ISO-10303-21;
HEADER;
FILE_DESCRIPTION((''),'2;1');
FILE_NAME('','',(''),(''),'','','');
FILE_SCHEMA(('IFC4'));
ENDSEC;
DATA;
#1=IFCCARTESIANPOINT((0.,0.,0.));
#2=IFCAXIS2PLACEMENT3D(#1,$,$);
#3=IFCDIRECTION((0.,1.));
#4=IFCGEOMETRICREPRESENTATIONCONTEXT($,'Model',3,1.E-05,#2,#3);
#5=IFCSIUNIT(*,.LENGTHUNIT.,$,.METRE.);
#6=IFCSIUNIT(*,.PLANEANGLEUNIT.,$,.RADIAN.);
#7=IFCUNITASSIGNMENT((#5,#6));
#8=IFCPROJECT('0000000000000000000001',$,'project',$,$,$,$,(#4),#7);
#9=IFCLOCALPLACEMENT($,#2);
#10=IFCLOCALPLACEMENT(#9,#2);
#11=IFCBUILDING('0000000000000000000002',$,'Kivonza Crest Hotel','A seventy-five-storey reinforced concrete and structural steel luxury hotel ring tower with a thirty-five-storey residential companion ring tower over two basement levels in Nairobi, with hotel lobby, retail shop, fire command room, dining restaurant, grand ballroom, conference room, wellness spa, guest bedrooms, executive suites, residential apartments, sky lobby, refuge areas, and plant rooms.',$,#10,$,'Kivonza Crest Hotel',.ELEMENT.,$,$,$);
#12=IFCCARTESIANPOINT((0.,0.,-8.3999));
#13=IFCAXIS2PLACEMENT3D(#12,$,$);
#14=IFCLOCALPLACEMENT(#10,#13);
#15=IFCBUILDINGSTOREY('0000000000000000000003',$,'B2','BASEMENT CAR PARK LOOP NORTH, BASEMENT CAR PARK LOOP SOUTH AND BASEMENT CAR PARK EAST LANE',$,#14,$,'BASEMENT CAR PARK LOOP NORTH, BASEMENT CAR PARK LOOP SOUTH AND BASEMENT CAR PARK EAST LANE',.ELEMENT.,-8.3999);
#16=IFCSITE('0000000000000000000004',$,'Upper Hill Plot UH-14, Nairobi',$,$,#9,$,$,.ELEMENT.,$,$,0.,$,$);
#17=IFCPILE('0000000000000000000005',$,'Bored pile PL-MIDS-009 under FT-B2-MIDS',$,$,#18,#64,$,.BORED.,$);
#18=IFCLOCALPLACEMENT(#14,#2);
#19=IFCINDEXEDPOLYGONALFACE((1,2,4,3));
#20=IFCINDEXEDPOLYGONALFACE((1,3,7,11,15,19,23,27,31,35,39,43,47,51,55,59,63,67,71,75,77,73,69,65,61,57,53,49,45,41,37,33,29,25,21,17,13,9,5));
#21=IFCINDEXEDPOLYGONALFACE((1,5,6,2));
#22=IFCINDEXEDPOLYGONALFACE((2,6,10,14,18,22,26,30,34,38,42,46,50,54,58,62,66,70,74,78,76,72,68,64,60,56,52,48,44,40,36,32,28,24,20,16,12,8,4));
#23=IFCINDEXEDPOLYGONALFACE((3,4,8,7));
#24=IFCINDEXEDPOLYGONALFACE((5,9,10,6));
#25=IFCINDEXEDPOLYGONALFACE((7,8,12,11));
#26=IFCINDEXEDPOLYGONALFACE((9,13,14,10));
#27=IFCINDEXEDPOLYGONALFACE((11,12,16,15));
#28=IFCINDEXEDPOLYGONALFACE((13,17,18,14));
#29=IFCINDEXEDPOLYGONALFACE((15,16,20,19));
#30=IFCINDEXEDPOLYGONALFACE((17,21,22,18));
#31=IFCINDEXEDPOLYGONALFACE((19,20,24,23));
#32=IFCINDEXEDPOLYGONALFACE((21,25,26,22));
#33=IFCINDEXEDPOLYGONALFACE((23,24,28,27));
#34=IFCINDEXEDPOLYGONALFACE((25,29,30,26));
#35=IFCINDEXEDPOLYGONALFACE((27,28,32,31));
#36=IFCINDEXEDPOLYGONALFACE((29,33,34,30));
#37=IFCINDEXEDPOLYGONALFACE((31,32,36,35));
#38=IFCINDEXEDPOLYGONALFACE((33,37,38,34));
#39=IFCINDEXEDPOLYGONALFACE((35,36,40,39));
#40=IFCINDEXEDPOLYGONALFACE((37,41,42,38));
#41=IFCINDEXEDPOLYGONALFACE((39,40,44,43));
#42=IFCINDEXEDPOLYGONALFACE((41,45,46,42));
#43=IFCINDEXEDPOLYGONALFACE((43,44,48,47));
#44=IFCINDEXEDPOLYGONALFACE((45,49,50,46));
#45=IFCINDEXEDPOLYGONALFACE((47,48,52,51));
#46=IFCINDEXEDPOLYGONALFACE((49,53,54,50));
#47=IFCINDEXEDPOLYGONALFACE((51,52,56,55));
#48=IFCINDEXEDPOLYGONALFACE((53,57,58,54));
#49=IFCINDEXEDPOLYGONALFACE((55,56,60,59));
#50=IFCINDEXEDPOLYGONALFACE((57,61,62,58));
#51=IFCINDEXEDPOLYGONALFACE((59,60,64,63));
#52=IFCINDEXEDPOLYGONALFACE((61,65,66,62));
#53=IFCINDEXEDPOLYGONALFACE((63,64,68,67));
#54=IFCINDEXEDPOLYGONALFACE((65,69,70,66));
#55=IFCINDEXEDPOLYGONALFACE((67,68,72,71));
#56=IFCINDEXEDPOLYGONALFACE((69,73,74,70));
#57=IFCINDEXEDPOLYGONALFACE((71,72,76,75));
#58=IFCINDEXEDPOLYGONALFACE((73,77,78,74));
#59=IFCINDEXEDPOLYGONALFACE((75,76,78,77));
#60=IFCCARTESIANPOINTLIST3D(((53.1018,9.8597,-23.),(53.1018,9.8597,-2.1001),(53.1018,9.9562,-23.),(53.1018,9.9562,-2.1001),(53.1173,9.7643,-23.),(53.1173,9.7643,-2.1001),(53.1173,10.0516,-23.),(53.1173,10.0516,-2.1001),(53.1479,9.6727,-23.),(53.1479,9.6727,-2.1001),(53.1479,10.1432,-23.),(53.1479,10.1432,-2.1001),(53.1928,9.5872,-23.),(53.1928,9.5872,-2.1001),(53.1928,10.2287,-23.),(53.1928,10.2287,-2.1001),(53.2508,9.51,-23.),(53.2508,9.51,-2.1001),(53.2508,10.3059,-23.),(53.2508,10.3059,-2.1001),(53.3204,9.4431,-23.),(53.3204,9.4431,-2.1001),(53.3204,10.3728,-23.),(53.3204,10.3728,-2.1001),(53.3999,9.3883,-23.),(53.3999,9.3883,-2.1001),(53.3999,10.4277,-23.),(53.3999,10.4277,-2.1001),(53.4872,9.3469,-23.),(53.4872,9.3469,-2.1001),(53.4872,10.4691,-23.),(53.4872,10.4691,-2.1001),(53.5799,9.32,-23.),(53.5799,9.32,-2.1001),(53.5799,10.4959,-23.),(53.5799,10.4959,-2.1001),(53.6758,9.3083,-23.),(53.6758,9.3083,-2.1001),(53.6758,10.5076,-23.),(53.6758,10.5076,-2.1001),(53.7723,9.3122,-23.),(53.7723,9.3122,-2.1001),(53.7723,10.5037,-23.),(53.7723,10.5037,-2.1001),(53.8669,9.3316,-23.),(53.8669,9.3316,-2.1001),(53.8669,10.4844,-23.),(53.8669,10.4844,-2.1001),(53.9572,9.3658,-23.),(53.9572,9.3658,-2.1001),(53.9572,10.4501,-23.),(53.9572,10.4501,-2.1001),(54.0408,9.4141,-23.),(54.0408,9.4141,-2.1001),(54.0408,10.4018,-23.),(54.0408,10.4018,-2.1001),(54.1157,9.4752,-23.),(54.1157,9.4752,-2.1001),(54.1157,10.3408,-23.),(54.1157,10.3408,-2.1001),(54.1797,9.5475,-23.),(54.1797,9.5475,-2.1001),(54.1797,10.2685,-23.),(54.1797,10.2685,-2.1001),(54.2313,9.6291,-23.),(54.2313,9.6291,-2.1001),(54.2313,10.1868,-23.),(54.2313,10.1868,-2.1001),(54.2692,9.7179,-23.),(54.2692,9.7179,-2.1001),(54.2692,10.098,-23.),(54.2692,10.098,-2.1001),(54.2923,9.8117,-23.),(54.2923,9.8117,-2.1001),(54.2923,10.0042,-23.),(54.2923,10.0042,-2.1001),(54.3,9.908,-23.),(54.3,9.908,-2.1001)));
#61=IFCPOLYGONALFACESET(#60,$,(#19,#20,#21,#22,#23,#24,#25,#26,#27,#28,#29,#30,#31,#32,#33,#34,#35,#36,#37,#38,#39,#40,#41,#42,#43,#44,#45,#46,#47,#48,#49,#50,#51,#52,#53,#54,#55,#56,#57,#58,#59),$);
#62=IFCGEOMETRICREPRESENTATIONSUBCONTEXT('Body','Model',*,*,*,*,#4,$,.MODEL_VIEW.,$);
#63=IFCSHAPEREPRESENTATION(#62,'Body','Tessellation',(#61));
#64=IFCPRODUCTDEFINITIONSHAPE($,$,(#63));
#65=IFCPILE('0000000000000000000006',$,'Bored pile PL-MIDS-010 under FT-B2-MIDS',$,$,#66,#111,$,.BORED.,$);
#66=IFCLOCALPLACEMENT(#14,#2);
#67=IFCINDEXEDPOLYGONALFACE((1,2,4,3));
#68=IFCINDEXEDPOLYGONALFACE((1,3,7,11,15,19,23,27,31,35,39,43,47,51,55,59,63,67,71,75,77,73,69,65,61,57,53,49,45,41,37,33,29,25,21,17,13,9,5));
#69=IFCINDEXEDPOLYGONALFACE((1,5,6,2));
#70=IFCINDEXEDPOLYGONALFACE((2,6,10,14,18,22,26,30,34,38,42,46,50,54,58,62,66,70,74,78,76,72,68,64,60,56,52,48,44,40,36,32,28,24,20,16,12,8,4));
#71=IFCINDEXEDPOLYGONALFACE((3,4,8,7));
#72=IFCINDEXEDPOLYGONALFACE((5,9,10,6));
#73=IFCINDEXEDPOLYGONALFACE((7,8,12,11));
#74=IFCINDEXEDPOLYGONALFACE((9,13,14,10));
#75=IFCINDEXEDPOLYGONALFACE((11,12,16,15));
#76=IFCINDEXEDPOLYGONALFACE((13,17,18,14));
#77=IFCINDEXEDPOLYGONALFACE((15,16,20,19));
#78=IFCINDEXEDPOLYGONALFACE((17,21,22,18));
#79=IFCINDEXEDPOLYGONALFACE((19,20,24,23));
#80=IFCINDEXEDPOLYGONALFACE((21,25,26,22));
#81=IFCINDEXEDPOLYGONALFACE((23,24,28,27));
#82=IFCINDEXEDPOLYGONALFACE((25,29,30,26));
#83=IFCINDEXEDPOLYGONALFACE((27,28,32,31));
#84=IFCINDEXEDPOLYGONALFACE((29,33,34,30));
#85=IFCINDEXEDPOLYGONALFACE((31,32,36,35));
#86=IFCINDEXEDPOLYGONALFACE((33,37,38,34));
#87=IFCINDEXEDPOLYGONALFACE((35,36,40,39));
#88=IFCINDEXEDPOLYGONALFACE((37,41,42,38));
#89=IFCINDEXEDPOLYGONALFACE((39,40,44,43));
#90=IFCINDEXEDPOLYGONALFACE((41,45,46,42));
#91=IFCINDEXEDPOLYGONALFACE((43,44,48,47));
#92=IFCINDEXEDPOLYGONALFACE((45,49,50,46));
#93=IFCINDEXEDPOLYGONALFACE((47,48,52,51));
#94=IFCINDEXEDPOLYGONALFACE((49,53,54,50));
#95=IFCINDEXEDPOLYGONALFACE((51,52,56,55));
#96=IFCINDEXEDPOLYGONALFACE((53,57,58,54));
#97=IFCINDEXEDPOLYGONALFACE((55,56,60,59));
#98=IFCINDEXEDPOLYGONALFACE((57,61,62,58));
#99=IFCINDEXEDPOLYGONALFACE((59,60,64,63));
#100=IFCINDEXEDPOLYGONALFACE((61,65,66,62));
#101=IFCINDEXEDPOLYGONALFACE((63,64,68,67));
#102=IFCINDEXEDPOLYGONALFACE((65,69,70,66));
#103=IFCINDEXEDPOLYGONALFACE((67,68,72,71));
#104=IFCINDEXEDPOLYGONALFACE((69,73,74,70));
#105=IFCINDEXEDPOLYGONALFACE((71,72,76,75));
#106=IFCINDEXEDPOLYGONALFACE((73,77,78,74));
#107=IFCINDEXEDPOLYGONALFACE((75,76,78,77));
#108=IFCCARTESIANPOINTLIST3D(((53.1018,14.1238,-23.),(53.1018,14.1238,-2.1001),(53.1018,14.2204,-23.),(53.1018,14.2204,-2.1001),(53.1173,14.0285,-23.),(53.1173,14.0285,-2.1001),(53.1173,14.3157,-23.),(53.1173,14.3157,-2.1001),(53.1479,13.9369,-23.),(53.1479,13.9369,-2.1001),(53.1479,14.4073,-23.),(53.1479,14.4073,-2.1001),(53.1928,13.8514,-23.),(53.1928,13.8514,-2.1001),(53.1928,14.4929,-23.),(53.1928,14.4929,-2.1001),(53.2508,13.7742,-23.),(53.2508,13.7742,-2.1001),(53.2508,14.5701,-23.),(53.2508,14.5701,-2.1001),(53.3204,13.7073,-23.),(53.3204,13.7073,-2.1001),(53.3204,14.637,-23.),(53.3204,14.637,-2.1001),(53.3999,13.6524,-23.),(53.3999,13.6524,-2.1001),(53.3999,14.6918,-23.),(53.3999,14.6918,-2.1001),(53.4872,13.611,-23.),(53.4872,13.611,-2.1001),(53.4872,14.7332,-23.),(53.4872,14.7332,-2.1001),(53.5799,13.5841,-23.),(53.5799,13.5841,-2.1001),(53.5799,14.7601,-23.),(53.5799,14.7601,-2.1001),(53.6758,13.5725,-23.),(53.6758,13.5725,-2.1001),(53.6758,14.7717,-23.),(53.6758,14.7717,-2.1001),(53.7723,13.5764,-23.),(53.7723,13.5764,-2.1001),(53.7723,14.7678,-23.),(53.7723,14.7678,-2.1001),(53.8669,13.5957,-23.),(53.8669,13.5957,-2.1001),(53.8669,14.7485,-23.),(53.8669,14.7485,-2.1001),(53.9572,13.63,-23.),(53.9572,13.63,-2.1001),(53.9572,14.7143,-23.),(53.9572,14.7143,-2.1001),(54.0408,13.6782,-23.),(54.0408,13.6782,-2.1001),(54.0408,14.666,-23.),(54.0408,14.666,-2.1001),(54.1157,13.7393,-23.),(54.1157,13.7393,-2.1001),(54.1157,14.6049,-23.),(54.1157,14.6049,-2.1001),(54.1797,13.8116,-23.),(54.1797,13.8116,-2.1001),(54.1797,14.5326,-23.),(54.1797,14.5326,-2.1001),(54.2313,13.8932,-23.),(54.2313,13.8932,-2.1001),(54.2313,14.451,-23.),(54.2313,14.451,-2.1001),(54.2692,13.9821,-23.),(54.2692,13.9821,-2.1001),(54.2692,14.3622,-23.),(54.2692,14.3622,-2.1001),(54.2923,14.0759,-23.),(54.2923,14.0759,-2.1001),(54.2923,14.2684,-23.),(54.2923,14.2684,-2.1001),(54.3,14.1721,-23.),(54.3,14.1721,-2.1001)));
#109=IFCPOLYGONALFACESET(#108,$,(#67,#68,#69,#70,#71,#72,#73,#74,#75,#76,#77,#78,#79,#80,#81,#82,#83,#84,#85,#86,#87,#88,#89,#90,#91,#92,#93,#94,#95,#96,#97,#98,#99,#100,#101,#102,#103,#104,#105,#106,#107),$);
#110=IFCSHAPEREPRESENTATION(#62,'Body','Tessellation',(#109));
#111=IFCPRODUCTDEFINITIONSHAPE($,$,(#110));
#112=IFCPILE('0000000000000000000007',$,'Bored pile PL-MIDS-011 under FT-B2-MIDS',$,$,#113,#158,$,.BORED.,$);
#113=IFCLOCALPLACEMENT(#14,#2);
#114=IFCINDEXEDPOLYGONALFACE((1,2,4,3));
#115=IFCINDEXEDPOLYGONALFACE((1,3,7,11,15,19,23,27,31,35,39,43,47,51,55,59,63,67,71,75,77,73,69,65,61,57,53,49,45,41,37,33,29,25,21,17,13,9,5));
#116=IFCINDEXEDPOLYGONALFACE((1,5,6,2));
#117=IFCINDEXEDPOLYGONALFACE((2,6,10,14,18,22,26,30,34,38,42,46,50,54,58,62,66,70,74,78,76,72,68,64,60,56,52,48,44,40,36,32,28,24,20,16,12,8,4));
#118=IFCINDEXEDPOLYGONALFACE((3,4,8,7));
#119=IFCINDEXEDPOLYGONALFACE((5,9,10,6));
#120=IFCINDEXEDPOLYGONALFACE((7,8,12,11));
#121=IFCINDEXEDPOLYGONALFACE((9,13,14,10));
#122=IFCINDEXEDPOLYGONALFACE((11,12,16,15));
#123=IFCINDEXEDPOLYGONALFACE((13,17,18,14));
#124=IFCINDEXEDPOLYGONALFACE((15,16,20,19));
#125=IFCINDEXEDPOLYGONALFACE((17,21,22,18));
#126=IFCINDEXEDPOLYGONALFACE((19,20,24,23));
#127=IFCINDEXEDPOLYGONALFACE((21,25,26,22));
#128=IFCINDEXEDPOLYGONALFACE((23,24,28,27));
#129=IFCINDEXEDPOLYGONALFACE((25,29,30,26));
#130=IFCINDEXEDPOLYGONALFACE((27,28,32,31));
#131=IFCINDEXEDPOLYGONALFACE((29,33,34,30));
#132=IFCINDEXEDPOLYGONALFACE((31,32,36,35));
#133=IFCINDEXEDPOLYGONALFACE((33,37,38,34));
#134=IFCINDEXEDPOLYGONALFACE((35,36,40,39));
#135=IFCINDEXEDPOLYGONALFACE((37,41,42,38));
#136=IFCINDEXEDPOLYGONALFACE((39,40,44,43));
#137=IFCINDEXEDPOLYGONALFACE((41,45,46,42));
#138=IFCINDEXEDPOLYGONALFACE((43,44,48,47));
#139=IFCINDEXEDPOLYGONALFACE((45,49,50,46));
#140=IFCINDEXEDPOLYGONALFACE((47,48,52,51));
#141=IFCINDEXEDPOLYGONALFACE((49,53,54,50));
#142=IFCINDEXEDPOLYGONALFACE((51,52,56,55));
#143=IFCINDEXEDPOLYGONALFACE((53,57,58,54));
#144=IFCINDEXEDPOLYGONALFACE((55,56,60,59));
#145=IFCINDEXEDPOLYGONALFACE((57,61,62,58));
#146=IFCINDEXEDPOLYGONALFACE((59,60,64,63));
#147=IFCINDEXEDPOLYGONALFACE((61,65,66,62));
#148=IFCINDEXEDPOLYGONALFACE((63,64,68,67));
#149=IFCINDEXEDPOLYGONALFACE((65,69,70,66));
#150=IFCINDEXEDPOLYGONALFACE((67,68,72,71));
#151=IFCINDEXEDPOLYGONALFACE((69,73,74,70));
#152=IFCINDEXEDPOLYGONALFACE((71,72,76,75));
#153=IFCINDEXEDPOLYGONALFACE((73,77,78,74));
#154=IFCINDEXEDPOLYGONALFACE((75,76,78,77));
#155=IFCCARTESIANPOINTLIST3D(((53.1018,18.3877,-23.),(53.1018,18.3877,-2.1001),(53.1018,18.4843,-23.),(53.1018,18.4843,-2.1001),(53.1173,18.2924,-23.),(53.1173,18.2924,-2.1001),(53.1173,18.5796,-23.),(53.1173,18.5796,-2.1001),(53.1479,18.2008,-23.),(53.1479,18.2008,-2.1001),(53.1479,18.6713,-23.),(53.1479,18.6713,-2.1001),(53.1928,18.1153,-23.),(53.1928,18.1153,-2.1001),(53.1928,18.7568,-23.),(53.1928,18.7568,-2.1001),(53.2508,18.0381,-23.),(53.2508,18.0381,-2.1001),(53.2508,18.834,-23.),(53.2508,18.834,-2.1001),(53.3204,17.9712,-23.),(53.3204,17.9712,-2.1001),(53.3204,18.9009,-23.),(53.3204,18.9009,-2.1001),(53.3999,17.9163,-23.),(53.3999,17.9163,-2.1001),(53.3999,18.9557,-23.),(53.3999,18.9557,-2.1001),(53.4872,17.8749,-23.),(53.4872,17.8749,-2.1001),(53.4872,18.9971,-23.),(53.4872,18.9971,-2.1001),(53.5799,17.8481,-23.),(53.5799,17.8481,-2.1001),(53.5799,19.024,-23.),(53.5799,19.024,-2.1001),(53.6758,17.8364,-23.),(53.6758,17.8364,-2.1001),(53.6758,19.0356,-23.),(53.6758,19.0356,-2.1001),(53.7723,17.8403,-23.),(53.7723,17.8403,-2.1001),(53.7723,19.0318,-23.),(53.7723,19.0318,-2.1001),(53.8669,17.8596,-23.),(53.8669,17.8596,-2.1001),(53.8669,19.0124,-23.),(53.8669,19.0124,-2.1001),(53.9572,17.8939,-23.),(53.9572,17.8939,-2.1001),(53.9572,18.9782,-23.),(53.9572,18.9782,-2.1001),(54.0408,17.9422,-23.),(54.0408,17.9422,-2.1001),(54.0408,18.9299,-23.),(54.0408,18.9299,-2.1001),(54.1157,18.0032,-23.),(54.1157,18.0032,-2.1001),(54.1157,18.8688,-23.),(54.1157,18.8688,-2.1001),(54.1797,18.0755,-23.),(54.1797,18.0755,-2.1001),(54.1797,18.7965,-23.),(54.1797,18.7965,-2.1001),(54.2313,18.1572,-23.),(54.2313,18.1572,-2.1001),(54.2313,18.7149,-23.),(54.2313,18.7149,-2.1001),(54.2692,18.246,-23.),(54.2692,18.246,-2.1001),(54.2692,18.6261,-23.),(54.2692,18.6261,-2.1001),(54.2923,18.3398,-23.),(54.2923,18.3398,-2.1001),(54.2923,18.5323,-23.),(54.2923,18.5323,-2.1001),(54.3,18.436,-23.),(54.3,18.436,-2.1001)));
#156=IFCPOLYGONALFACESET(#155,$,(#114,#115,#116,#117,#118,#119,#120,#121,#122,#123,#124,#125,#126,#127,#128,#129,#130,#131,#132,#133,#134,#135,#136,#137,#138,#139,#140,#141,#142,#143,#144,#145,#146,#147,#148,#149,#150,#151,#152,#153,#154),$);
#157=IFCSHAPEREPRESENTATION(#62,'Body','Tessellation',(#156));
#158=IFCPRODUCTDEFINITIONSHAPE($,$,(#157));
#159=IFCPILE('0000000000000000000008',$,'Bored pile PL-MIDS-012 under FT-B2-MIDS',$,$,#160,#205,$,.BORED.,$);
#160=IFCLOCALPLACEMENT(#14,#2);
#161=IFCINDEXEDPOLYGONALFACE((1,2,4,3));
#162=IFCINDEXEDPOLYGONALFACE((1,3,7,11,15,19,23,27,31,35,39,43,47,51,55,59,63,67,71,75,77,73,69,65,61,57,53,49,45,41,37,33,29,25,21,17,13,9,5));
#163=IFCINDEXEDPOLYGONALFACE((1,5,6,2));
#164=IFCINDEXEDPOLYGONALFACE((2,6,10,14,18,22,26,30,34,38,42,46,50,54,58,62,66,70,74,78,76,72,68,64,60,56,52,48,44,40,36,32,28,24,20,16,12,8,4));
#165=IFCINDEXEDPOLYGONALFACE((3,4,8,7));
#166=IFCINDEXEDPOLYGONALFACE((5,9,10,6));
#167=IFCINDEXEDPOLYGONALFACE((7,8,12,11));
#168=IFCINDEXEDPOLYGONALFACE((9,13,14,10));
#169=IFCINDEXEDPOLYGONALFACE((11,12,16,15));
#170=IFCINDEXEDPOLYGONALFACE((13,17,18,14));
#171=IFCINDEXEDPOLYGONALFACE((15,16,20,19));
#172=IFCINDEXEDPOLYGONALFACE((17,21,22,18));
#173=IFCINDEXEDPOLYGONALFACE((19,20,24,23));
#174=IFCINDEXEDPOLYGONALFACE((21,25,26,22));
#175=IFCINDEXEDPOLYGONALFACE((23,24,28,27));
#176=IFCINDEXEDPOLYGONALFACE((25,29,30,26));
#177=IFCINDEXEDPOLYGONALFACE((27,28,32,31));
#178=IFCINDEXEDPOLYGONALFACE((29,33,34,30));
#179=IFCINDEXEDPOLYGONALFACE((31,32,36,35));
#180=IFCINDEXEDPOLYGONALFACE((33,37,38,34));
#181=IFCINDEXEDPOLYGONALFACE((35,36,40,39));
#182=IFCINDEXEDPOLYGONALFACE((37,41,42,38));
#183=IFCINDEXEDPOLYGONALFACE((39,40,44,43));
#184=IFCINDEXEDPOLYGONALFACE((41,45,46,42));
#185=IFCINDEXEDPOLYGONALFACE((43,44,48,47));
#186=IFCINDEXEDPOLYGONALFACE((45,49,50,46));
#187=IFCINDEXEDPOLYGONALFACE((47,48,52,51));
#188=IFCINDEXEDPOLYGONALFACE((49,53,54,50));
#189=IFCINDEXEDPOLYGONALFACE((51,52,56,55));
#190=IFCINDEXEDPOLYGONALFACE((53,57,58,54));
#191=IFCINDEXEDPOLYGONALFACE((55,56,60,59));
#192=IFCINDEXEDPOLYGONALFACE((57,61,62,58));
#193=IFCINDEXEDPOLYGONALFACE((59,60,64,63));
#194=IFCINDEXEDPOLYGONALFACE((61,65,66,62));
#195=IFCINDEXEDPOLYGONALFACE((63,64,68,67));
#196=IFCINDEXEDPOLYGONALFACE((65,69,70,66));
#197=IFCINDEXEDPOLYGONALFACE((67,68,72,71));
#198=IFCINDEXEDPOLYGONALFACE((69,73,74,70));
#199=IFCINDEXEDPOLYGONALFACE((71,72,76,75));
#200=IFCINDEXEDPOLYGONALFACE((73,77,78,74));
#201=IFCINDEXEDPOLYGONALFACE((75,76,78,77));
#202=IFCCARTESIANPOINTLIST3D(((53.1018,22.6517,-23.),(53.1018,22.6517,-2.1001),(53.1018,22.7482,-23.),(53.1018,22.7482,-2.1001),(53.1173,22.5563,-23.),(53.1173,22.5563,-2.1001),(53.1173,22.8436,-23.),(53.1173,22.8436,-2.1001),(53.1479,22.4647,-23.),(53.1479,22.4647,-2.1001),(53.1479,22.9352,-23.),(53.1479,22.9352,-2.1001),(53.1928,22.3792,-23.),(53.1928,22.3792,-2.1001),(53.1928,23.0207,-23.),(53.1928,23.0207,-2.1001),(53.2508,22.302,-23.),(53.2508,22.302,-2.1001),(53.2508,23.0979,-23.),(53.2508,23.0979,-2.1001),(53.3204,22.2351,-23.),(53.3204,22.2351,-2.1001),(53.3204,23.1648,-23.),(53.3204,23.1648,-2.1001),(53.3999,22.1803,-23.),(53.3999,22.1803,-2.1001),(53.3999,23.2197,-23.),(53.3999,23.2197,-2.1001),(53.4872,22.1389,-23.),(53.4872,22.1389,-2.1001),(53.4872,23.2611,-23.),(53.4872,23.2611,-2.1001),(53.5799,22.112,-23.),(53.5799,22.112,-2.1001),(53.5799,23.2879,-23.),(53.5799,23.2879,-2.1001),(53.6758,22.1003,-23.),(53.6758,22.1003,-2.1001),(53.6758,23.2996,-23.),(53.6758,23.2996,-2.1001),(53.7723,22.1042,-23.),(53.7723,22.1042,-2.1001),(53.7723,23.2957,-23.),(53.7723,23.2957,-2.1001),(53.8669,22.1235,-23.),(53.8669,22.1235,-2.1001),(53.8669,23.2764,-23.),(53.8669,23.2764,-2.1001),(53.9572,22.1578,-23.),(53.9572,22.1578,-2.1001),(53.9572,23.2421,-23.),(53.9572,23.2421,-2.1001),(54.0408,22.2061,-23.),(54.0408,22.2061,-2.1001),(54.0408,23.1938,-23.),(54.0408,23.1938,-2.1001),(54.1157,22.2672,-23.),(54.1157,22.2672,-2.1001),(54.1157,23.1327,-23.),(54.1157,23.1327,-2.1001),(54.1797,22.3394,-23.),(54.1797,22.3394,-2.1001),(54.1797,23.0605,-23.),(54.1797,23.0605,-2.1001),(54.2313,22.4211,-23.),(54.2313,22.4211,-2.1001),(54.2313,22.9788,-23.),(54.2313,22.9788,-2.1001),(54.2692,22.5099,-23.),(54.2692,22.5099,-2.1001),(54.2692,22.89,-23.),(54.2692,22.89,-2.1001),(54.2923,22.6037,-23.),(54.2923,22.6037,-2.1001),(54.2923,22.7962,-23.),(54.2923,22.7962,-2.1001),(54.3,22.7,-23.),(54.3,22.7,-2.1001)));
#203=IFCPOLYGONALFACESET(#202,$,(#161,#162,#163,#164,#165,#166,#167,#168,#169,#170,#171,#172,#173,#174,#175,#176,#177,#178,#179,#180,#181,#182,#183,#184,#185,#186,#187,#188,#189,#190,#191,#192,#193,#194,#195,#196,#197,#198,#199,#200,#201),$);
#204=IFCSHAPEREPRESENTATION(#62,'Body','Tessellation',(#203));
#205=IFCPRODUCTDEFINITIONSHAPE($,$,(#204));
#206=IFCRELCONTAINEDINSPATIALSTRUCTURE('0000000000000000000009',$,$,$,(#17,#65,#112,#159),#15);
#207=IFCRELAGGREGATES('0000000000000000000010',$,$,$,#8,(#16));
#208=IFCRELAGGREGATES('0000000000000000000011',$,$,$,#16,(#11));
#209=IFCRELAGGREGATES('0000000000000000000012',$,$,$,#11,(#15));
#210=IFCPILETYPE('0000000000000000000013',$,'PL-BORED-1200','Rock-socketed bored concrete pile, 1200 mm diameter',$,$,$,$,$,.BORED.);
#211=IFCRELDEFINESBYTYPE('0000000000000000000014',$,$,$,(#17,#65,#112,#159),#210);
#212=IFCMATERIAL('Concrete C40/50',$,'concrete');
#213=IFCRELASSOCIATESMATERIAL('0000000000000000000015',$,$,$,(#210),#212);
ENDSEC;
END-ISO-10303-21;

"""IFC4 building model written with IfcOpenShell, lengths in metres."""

from ifc_helpers import new_model, si_unit, direction, frame, origin, origin_2d, place, context, subcontext, project, spatial, circle, extrude, material, material_profile, profile_set, type_object, element, save


model = new_model("IFC4")

# Units and contexts
model_context = context("Model", 3, precision=1e-05, world=origin(), true_north=direction((0.0, 1.0)))
body_context = subcontext(model_context, "Body", "Model", "MODEL_VIEW")
ifc_project = project(units=[si_unit("LENGTHUNIT", "METRE"), si_unit("PLANEANGLEUNIT", "RADIAN")], contexts=[model_context])

# Site, building, storey
site_placement = place(None, origin())
site = spatial("IfcSite", under=ifc_project, at=site_placement, Name="Upper Hill Plot UH-14, Nairobi", CompositionType="ELEMENT", RefElevation=0.0)
building_placement = place(site_placement, origin())
building = spatial("IfcBuilding", under=site, at=building_placement, Name="Kivonza Crest Hotel", Description="A seventy-five-storey reinforced concrete and structural steel luxury hotel ring tower with a thirty-five-storey residential companion ring tower over two basement levels in Nairobi, with hotel lobby, retail shop, fire command room, dining restaurant, grand ballroom, conference room, wellness spa, guest bedrooms, executive suites, residential apartments, sky lobby, refuge areas, and plant rooms.", LongName="Kivonza Crest Hotel", CompositionType="ELEMENT")
storey_placement = place(building_placement, frame((0.0, 0.0, -8.3999)))
storey = spatial("IfcBuildingStorey", under=building, at=storey_placement, Name="B2", Description="BASEMENT CAR PARK LOOP NORTH, BASEMENT CAR PARK LOOP SOUTH AND BASEMENT CAR PARK EAST LANE", LongName="BASEMENT CAR PARK LOOP NORTH, BASEMENT CAR PARK LOOP SOUTH AND BASEMENT CAR PARK EAST LANE", CompositionType="ELEMENT", Elevation=-8.3999)

# Piles
ifc_material_1 = material(Name="Concrete C40/50", Category="concrete")
ifc_material_profile_1 = material_profile(ifc_material_1, circle(Radius=0.6001, at=origin_2d()), Name="PILE D1200")
ifc_profile_set_1 = profile_set([ifc_material_profile_1], Name="Concrete C40/50")
pile_type_1 = type_object("IfcPileType", Name="PL-BORED-1200", Description="Rock-socketed bored concrete pile, 1200 mm diameter", PredefinedType="BORED", material=ifc_profile_set_1)
for number, where, z_axis, x_axis, name in (
    (1, (53.7, 9.908, -2.1001), (0.0, 0.0, -1.0), (1.0, 0.0, 0.0), "Bored pile PL-MIDS-009 under FT-B2-MIDS"),
    (2, (53.7, 14.1721, -2.1001), (0.0, 0.0, -1.0), (1.0, 0.0, 0.0), "Bored pile PL-MIDS-010 under FT-B2-MIDS"),
    (3, (53.7, 18.436, -2.1001), (0.0, 0.0, -1.0), (1.0, 0.0, 0.0), "Bored pile PL-MIDS-011 under FT-B2-MIDS"),
    (4, (53.7, 22.7, -2.1001), (0.0, 0.0, -1.0), (1.0, 0.0, 0.0), "Bored pile PL-MIDS-012 under FT-B2-MIDS"),
):
    element("IfcPile", number, at=place(storey_placement, frame(where, z_axis=z_axis, x_axis=x_axis)), inside=storey, type_object=pile_type_1, Name=name, PredefinedType="BORED", context=body_context, shape_type="SweptSolid", body=[
        extrude(circle(Radius=0.6001, at=origin_2d()), origin(), (0.0, 0.0, 1.0), 20.8999),
    ])

save(model, "model.ifc")
